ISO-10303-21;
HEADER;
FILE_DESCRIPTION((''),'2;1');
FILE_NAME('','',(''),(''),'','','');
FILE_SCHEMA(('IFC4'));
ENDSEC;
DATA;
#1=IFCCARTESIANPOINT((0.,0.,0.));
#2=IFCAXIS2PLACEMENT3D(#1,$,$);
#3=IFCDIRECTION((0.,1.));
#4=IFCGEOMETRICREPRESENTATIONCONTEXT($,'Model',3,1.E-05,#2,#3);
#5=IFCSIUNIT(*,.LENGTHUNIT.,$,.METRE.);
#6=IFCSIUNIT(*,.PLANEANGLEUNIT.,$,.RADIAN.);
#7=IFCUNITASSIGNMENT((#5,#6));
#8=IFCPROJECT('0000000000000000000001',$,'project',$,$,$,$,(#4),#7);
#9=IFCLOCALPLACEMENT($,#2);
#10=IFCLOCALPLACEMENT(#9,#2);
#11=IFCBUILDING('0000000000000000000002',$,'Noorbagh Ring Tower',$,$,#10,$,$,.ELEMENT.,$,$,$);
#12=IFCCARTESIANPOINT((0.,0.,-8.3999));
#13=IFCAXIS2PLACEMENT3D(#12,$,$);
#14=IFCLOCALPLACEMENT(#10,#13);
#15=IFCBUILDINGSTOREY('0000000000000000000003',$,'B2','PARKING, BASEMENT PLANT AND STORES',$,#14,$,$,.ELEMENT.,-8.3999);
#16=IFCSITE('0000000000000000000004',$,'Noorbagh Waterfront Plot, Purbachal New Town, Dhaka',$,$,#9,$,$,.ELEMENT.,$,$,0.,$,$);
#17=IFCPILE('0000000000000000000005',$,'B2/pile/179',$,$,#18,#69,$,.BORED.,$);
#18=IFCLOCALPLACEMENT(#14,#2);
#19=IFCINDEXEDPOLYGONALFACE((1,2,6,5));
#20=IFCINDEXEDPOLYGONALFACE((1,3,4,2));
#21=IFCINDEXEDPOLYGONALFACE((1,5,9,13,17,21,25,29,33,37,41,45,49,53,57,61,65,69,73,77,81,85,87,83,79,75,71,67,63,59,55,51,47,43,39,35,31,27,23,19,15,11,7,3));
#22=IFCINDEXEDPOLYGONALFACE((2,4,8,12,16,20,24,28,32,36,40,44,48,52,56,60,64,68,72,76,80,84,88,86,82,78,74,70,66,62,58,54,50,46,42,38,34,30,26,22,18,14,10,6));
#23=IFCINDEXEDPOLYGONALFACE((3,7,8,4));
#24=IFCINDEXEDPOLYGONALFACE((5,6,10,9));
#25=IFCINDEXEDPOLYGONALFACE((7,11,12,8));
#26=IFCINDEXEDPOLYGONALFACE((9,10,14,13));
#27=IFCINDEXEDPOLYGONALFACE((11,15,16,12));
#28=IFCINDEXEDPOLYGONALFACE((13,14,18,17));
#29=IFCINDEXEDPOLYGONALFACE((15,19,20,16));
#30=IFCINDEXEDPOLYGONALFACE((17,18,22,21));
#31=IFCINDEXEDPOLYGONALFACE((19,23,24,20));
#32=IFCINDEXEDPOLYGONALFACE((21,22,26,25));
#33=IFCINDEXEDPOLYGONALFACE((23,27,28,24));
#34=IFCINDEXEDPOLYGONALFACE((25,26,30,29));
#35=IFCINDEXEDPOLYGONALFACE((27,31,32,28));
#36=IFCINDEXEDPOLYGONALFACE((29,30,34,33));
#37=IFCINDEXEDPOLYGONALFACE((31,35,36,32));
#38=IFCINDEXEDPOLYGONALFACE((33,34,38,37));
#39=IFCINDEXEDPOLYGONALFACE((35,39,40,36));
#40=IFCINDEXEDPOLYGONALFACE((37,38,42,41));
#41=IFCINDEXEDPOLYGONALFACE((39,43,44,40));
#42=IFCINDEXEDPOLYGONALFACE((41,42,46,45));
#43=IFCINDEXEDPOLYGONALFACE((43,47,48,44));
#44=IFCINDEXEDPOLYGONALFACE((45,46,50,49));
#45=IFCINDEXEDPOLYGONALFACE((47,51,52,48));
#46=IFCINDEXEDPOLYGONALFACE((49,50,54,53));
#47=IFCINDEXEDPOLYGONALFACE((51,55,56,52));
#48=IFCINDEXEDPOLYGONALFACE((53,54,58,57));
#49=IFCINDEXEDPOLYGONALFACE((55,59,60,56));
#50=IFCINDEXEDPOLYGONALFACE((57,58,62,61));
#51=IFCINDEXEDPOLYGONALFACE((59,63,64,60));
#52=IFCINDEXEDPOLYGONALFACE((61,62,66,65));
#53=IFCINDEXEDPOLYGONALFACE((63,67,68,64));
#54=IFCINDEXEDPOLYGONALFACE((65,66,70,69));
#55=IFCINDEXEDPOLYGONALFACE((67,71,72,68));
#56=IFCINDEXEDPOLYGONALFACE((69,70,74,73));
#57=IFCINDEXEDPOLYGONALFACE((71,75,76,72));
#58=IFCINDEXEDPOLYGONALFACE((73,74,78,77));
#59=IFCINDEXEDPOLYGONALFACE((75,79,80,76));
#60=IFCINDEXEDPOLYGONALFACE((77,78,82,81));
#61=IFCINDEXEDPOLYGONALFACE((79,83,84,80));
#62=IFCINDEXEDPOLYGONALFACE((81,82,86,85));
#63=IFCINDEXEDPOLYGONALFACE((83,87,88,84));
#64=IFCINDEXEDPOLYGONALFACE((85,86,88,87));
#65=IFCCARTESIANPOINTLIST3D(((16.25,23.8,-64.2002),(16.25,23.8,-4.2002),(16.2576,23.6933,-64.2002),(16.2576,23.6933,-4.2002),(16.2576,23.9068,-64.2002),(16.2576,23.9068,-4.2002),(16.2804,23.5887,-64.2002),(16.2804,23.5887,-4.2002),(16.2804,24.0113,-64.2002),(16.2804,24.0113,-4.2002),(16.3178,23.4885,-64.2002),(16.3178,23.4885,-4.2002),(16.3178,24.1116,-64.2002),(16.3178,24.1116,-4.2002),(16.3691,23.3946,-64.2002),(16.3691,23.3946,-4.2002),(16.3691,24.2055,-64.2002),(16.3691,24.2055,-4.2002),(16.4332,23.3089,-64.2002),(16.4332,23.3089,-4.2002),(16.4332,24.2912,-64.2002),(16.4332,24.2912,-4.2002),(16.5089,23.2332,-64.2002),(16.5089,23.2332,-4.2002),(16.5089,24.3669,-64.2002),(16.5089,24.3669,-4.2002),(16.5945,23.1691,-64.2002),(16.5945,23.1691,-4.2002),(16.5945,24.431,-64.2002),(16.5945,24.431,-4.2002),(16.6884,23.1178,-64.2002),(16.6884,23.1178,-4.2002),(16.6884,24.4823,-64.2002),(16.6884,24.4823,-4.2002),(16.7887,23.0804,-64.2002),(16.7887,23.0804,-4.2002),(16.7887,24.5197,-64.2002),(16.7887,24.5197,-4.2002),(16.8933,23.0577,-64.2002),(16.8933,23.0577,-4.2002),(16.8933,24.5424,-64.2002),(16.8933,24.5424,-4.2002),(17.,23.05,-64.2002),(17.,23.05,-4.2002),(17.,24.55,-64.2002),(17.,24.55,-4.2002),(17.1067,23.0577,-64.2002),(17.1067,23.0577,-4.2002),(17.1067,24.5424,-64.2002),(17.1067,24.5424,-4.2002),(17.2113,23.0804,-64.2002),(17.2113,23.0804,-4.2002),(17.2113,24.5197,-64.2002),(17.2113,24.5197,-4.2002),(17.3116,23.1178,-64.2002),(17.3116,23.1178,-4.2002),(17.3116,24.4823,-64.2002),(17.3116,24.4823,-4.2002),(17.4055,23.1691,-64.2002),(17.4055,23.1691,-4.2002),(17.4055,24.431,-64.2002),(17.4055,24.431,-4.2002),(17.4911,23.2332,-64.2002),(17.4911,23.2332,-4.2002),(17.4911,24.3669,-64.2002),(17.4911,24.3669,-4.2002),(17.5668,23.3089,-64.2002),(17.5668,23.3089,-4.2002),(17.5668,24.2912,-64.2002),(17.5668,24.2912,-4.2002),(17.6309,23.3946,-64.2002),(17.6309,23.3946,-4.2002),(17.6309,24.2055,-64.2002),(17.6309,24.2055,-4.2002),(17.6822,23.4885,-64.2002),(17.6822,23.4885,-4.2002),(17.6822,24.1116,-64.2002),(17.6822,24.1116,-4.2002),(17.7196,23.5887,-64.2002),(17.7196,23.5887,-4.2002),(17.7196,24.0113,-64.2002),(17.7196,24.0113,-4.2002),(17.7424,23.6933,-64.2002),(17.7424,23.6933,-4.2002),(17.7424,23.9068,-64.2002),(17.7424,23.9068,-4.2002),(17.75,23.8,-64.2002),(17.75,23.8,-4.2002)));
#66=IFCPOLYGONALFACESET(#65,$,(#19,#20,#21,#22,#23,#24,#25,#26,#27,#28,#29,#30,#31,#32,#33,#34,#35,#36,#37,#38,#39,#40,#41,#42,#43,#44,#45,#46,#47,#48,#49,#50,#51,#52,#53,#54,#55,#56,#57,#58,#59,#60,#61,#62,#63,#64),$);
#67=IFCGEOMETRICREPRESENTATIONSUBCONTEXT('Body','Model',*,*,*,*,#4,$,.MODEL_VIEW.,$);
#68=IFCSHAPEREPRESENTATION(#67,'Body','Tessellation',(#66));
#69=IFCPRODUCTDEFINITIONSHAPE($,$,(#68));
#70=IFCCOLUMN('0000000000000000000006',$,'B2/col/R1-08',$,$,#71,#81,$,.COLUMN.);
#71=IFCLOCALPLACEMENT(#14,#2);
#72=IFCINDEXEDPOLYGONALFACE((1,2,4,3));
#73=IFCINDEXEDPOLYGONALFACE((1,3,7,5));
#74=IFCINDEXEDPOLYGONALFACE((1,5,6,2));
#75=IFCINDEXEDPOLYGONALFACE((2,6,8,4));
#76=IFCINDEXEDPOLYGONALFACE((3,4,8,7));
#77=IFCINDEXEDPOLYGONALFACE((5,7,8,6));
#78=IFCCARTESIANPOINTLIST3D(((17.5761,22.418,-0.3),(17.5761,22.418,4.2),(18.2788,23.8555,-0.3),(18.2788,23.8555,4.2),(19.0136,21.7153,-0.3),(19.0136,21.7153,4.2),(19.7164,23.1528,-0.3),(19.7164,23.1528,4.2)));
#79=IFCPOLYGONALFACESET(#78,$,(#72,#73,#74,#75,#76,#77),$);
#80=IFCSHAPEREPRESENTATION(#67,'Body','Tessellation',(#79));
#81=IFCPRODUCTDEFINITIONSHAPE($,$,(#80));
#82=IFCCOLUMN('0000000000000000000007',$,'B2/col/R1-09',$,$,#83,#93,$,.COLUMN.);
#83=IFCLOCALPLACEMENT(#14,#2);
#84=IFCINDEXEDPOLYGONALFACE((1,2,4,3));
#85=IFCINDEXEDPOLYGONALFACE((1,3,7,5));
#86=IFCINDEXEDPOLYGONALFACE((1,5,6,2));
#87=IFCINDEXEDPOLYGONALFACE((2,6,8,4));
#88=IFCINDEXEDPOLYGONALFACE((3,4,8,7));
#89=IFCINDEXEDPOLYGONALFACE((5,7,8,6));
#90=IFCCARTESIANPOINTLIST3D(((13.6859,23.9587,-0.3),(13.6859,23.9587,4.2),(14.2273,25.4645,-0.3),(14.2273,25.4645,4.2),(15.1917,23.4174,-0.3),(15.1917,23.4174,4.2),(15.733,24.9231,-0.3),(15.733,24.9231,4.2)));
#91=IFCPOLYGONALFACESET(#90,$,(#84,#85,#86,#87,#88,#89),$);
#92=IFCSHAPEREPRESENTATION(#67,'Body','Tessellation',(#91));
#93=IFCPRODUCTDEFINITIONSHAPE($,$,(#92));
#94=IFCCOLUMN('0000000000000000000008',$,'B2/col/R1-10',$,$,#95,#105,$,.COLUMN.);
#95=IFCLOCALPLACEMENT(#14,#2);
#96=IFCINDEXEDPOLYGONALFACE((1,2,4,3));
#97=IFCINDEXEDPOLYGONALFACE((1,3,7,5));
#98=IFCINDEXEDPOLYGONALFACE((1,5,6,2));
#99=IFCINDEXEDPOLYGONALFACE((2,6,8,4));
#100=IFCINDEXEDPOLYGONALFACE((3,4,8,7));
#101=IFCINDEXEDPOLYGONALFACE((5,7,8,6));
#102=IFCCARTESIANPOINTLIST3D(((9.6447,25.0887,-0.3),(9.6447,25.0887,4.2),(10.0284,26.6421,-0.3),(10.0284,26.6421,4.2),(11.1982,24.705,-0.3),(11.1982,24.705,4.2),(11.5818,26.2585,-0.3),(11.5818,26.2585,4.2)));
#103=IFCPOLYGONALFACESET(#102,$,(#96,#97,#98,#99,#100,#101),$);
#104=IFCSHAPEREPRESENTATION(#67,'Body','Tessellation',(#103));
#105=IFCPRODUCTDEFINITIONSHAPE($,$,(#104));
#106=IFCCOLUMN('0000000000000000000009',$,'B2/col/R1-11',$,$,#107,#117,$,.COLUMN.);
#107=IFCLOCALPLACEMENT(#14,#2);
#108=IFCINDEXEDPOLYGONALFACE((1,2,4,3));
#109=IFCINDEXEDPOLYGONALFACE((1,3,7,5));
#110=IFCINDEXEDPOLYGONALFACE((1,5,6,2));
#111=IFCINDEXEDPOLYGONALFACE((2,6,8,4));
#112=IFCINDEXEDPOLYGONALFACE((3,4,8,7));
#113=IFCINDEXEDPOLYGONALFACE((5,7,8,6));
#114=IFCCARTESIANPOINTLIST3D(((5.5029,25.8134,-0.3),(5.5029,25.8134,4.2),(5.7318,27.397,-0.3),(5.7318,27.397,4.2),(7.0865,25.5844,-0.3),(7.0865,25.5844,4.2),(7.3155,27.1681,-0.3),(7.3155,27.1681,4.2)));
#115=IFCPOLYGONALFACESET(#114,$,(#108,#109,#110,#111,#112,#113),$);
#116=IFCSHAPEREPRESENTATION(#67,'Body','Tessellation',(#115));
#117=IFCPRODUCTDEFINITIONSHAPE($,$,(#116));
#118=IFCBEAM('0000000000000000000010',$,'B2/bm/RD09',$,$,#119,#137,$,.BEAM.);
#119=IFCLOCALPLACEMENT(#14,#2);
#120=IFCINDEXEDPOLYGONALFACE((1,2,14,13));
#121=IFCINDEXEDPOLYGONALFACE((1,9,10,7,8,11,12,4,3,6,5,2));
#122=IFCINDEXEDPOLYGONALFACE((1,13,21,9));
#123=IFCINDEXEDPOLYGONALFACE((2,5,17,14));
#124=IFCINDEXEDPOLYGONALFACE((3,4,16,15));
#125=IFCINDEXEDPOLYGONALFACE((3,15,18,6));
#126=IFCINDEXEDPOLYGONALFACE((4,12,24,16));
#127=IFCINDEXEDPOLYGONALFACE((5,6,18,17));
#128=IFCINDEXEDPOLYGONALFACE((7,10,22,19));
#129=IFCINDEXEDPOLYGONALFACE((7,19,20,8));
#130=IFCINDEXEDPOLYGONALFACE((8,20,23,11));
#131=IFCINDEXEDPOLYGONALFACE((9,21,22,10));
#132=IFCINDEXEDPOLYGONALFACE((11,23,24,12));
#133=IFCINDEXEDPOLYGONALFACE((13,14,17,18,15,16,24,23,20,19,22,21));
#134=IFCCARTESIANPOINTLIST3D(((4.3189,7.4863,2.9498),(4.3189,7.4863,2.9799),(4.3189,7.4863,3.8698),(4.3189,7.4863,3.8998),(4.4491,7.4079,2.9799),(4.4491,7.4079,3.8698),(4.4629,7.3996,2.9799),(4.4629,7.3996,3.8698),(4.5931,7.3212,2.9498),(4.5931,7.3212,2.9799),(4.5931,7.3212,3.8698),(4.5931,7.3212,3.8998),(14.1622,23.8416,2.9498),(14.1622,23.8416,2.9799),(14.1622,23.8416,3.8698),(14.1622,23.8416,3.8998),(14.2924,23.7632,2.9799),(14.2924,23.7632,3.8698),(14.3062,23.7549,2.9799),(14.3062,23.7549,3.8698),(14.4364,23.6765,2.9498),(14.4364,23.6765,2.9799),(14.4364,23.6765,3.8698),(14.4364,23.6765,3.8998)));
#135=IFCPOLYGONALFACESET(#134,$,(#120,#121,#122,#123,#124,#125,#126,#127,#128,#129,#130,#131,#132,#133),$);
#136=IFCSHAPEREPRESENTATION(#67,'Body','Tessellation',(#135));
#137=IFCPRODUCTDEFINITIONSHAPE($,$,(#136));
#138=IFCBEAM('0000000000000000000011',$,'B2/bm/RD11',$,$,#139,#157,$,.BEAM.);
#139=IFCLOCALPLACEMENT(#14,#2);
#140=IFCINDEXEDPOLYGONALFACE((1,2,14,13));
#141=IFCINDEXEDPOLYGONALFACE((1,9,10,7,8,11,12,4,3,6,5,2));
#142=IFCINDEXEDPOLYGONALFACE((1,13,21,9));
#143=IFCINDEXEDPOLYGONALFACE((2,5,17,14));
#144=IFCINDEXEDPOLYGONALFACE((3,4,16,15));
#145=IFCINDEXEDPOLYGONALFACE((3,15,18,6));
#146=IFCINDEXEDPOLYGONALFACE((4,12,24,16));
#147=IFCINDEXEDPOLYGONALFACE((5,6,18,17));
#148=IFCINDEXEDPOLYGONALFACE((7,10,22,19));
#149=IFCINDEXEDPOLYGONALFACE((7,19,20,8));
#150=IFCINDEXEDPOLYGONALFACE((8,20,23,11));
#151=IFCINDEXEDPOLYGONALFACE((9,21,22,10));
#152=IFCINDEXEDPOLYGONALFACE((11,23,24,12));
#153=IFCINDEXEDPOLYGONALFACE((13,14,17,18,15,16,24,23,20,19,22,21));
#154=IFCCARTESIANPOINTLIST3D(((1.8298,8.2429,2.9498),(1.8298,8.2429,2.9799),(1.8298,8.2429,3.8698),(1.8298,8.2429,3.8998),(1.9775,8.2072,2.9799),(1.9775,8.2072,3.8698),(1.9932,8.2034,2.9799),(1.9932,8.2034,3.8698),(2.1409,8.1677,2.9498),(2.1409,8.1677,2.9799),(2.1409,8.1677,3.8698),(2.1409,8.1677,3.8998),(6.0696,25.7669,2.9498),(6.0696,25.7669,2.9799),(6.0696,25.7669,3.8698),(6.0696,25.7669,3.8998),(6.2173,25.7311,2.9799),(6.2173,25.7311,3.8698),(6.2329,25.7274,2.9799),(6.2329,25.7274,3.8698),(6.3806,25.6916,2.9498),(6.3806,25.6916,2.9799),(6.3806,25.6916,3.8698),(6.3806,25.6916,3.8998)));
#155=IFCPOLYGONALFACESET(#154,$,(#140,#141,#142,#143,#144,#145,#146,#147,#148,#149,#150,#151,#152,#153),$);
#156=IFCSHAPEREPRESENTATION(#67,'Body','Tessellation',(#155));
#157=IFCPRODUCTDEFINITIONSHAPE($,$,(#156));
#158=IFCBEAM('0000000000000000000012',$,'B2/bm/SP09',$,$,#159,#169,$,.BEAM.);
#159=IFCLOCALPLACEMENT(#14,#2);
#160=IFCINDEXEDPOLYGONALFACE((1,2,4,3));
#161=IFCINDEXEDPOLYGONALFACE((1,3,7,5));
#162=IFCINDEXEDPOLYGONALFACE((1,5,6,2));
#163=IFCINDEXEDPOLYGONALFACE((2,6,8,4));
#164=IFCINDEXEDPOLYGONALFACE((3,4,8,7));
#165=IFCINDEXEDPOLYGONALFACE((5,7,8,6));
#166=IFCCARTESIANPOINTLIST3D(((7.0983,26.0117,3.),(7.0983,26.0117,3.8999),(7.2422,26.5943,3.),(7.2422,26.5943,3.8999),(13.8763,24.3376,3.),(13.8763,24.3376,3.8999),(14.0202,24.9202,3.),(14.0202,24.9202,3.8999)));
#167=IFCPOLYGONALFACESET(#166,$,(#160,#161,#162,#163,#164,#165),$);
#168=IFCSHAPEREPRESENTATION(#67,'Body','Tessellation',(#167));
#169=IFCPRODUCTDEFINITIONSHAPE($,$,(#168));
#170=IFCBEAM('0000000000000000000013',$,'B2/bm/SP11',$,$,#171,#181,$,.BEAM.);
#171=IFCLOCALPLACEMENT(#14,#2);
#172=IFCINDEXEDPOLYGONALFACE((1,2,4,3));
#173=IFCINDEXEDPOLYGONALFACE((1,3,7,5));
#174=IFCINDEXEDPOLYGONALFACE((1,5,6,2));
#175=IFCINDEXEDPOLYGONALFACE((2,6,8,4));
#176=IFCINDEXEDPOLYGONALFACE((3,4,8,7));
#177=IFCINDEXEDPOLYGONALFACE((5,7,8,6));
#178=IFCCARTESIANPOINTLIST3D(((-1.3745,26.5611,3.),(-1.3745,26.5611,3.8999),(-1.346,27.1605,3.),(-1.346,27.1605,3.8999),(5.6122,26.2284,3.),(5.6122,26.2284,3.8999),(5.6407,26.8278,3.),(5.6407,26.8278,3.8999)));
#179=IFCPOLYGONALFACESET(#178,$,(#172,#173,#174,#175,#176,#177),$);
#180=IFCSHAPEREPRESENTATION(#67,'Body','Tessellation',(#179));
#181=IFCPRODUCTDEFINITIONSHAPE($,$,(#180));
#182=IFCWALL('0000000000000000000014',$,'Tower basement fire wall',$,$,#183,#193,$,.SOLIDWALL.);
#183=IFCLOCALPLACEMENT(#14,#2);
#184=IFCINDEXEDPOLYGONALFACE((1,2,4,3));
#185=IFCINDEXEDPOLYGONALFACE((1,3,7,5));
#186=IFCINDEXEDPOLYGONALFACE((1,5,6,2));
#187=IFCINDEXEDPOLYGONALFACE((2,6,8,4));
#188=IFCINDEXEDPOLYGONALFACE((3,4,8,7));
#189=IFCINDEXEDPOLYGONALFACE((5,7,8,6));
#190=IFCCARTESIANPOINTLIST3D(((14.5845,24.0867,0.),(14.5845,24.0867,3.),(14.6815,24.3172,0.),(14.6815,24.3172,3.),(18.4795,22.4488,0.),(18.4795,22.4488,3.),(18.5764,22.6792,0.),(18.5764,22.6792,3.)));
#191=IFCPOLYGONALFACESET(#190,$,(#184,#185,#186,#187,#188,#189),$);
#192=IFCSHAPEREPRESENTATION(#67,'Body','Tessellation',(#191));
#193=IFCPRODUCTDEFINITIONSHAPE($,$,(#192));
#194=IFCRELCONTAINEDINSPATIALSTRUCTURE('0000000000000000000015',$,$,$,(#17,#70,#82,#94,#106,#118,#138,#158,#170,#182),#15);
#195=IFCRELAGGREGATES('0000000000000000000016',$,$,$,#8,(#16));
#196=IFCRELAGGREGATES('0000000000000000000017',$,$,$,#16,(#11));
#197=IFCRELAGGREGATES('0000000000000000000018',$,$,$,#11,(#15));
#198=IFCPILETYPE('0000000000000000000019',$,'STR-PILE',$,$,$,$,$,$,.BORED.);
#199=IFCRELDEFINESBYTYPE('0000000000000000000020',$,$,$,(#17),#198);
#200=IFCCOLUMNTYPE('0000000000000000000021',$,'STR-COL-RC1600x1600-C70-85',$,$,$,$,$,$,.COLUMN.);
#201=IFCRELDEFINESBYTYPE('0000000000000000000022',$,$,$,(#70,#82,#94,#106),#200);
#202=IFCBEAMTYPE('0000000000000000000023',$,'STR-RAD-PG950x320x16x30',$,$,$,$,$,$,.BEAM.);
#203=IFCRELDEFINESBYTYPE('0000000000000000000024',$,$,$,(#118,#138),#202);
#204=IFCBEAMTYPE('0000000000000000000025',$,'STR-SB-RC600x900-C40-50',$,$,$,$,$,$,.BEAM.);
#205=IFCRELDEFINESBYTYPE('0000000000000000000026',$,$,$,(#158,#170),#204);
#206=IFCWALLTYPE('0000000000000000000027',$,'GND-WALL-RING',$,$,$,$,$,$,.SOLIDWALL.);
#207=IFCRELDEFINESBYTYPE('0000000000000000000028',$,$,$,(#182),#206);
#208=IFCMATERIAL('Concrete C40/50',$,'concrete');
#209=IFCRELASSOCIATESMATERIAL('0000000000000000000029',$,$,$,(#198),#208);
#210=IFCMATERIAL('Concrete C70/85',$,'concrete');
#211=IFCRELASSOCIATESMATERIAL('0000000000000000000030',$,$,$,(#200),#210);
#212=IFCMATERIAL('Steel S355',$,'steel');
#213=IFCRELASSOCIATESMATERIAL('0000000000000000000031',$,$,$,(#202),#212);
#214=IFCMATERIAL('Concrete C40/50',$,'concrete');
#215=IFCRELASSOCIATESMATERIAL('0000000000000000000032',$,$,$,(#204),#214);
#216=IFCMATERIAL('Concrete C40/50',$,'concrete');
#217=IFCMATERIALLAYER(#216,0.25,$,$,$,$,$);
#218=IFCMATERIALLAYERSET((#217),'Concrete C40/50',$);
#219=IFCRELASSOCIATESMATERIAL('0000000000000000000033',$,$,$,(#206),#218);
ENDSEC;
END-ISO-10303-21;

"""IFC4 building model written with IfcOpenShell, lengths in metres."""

from ifc_helpers import new_model, si_unit, direction, frame, frame_2d, origin, origin_2d, place, context, subcontext, project, spatial, rectangle, circle, i_section, extrude, material, layer, layer_set, material_profile, profile_set, type_object, element, save


model = new_model("IFC4")

# Units and contexts
model_context = context("Model", 3, precision=1e-05, world=origin(), true_north=direction((0.0, 1.0)))
body_context = subcontext(model_context, "Body", "Model", "MODEL_VIEW")
ifc_project = project(units=[si_unit("LENGTHUNIT", "METRE"), si_unit("PLANEANGLEUNIT", "RADIAN")], contexts=[model_context])

# Site, building, storey
site_placement = place(None, origin())
site = spatial("IfcSite", under=ifc_project, at=site_placement, Name="Noorbagh Waterfront Plot, Purbachal New Town, Dhaka", CompositionType="ELEMENT", RefElevation=0.0)
building_placement = place(site_placement, origin())
building = spatial("IfcBuilding", under=site, at=building_placement, Name="Noorbagh Ring Tower", CompositionType="ELEMENT")
storey_placement = place(building_placement, frame((0.0, 0.0, -8.3999)))
storey = spatial("IfcBuildingStorey", under=building, at=storey_placement, Name="B2", Description="PARKING, BASEMENT PLANT AND STORES", CompositionType="ELEMENT", Elevation=-8.3999)

# Pile
ifc_material_1 = material(Name="Concrete C40/50", Category="concrete")
ifc_material_profile_1 = material_profile(ifc_material_1, circle(Radius=0.75, at=origin_2d()), Name="PILE1500")
ifc_profile_set_1 = profile_set([ifc_material_profile_1], Name="Concrete C40/50")
pile_type = type_object("IfcPileType", Name="STR-PILE", PredefinedType="BORED", material=ifc_profile_set_1)
for number, where, z_axis, x_axis, name in (
    (1, (17.0, 23.8, -4.2002), (0.0, 0.0, -1.0), (1.0, 0.0, 0.0), "B2/pile/179"),
):
    element("IfcPile", number, at=place(storey_placement, frame(where, z_axis=z_axis, x_axis=x_axis)), inside=storey, type_object=pile_type, Name=name, PredefinedType="BORED", context=body_context, shape_type="SweptSolid", body=[
        extrude(circle(Radius=0.75, at=origin_2d()), origin(), (0.0, 0.0, 1.0), 60.0),
    ])

# Columns
ifc_material_2 = material(Name="Concrete C70/85", Category="concrete")
ifc_material_profile_2 = material_profile(ifc_material_2, rectangle(XDim=1.6001, YDim=1.6001, at=origin_2d()), Name="RC1600x1600")
ifc_profile_set_2 = profile_set([ifc_material_profile_2], Name="Concrete C70/85")
column_type = type_object("IfcColumnType", Name="STR-COL-RC1600x1600-C70-85", PredefinedType="COLUMN", material=ifc_profile_set_2)
for number, where, z_axis, x_axis, name in (
    (2, (18.6462, 22.7854, -0.3), (0.0, 0.0, 1.0), (-0.898399, 0.43918, 0.0), "B2/col/R1-08"),
    (3, (14.7095, 24.4409, -0.3), (0.0, 0.0, 1.0), (-0.941025, 0.338338, 0.0), "B2/col/R1-09"),
    (4, (10.6133, 25.6736, -0.3), (0.0, 0.0, 1.0), (-0.970829, 0.239771, 0.0), "B2/col/R1-10"),
    (5, (6.4092, 26.4907, -0.3), (0.0, 0.0, 1.0), (-0.989713, 0.143066, 0.0), "B2/col/R1-11"),
):
    element("IfcColumn", number, at=place(storey_placement, frame(where, z_axis=z_axis, x_axis=x_axis)), inside=storey, type_object=column_type, Name=name, PredefinedType="COLUMN", context=body_context, shape_type="SweptSolid", body=[
        extrude(rectangle(XDim=1.6001, YDim=1.6001, at=origin_2d()), origin(), (0.0, 0.0, 1.0), 4.5),
    ])

# Beams
ifc_material_3 = material(Name="Steel S355", Category="steel")
ifc_material_profile_3 = material_profile(ifc_material_3, i_section(OverallWidth=0.3201, OverallDepth=0.95, WebThickness=0.0161, FlangeThickness=0.03, at=origin_2d()), Name="PG950x320x16x30")
ifc_profile_set_3 = profile_set([ifc_material_profile_3], Name="Steel S355")
beam_type_1 = type_object("IfcBeamType", Name="STR-RAD-PG950x320x16x30", PredefinedType="BEAM", material=ifc_profile_set_3)
beam_1_placement = place(storey_placement, frame((14.2993, 23.759, 3.4248), z_axis=(-0.515656, -0.856796, 0.0), x_axis=(0.856796, -0.515656, 0.0)))
element("IfcBeam", 6, at=beam_1_placement, inside=storey, type_object=beam_type_1, Name="B2/bm/RD09", PredefinedType="BEAM", context=body_context, shape_type="SweptSolid", body=[
    extrude(i_section(OverallWidth=0.3201, OverallDepth=0.95, WebThickness=0.0161, FlangeThickness=0.03, at=origin_2d()), origin(), (0.0, 0.0, 1.0), 19.0889),
])
beam_2_placement = place(storey_placement, frame((6.2251, 25.7292, 3.4248), z_axis=(-0.235156, -0.971958, 0.0), x_axis=(0.971958, -0.235156, 0.0)))
element("IfcBeam", 7, at=beam_2_placement, inside=storey, type_object=beam_type_1, Name="B2/bm/RD11", PredefinedType="BEAM", context=body_context, shape_type="SweptSolid", body=[
    extrude(i_section(OverallWidth=0.3201, OverallDepth=0.95, WebThickness=0.0161, FlangeThickness=0.03, at=origin_2d()), origin(), (0.0, 0.0, 1.0), 18.0295),
])
ifc_material_4 = material(Name="Concrete C40/50", Category="concrete")
ifc_material_profile_4 = material_profile(ifc_material_4, rectangle(XDim=0.6001, YDim=0.8999, at=origin_2d()), Name="RC600x900")
ifc_profile_set_4 = profile_set([ifc_material_profile_4], Name="Concrete C40/50")
beam_type_2 = type_object("IfcBeamType", Name="STR-SB-RC600x900-C40-50", PredefinedType="BEAM", material=ifc_profile_set_4)
beam_3_placement = place(storey_placement, frame((13.9482, 24.6289, 3.45), z_axis=(-0.970828, 0.239778, 0.0), x_axis=(-0.239778, -0.970828, 0.0)))
element("IfcBeam", 8, at=beam_3_placement, inside=storey, type_object=beam_type_2, Name="B2/bm/SP09", PredefinedType="BEAM", context=body_context, shape_type="SweptSolid", body=[
    extrude(rectangle(XDim=0.6001, YDim=0.8999, at=origin_2d()), origin(), (0.0, 0.0, 1.0), 6.9817),
])
beam_4_placement = place(storey_placement, frame((5.6265, 26.5281, 3.45), z_axis=(-0.998868, 0.047573, 0.0), x_axis=(-0.047573, -0.998868, 0.0)))
element("IfcBeam", 9, at=beam_4_placement, inside=storey, type_object=beam_type_2, Name="B2/bm/SP11", PredefinedType="BEAM", context=body_context, shape_type="SweptSolid", body=[
    extrude(rectangle(XDim=0.6001, YDim=0.8999, at=origin_2d()), origin(), (0.0, 0.0, 1.0), 6.9946),
])

# Wall
ifc_material_5 = material(Name="Concrete C40/50", Category="concrete")
ifc_layer = layer(ifc_material_5, 0.25)
ifc_layer_set = layer_set([ifc_layer], Name="Concrete C40/50")
wall_type = type_object("IfcWallType", Name="GND-WALL-RING", PredefinedType="SOLIDWALL", material=ifc_layer_set)
wall_1_placement = place(storey_placement, frame((18.5281, 22.564, 0.0), z_axis=(0.0, 0.0, 1.0), x_axis=(-0.92181, 0.387641, 0.0)))
element("IfcWall", 10, at=wall_1_placement, inside=storey, type_object=wall_type, Name="Tower basement fire wall", PredefinedType="SOLIDWALL", context=body_context, shape_type="SweptSolid", body=[
    extrude(rectangle(XDim=4.2253, YDim=0.25, at=frame_2d((2.1128, 0.0))), origin(), (0.0, 0.0, 1.0), 3.0),
])

save(model, "model.ifc")
